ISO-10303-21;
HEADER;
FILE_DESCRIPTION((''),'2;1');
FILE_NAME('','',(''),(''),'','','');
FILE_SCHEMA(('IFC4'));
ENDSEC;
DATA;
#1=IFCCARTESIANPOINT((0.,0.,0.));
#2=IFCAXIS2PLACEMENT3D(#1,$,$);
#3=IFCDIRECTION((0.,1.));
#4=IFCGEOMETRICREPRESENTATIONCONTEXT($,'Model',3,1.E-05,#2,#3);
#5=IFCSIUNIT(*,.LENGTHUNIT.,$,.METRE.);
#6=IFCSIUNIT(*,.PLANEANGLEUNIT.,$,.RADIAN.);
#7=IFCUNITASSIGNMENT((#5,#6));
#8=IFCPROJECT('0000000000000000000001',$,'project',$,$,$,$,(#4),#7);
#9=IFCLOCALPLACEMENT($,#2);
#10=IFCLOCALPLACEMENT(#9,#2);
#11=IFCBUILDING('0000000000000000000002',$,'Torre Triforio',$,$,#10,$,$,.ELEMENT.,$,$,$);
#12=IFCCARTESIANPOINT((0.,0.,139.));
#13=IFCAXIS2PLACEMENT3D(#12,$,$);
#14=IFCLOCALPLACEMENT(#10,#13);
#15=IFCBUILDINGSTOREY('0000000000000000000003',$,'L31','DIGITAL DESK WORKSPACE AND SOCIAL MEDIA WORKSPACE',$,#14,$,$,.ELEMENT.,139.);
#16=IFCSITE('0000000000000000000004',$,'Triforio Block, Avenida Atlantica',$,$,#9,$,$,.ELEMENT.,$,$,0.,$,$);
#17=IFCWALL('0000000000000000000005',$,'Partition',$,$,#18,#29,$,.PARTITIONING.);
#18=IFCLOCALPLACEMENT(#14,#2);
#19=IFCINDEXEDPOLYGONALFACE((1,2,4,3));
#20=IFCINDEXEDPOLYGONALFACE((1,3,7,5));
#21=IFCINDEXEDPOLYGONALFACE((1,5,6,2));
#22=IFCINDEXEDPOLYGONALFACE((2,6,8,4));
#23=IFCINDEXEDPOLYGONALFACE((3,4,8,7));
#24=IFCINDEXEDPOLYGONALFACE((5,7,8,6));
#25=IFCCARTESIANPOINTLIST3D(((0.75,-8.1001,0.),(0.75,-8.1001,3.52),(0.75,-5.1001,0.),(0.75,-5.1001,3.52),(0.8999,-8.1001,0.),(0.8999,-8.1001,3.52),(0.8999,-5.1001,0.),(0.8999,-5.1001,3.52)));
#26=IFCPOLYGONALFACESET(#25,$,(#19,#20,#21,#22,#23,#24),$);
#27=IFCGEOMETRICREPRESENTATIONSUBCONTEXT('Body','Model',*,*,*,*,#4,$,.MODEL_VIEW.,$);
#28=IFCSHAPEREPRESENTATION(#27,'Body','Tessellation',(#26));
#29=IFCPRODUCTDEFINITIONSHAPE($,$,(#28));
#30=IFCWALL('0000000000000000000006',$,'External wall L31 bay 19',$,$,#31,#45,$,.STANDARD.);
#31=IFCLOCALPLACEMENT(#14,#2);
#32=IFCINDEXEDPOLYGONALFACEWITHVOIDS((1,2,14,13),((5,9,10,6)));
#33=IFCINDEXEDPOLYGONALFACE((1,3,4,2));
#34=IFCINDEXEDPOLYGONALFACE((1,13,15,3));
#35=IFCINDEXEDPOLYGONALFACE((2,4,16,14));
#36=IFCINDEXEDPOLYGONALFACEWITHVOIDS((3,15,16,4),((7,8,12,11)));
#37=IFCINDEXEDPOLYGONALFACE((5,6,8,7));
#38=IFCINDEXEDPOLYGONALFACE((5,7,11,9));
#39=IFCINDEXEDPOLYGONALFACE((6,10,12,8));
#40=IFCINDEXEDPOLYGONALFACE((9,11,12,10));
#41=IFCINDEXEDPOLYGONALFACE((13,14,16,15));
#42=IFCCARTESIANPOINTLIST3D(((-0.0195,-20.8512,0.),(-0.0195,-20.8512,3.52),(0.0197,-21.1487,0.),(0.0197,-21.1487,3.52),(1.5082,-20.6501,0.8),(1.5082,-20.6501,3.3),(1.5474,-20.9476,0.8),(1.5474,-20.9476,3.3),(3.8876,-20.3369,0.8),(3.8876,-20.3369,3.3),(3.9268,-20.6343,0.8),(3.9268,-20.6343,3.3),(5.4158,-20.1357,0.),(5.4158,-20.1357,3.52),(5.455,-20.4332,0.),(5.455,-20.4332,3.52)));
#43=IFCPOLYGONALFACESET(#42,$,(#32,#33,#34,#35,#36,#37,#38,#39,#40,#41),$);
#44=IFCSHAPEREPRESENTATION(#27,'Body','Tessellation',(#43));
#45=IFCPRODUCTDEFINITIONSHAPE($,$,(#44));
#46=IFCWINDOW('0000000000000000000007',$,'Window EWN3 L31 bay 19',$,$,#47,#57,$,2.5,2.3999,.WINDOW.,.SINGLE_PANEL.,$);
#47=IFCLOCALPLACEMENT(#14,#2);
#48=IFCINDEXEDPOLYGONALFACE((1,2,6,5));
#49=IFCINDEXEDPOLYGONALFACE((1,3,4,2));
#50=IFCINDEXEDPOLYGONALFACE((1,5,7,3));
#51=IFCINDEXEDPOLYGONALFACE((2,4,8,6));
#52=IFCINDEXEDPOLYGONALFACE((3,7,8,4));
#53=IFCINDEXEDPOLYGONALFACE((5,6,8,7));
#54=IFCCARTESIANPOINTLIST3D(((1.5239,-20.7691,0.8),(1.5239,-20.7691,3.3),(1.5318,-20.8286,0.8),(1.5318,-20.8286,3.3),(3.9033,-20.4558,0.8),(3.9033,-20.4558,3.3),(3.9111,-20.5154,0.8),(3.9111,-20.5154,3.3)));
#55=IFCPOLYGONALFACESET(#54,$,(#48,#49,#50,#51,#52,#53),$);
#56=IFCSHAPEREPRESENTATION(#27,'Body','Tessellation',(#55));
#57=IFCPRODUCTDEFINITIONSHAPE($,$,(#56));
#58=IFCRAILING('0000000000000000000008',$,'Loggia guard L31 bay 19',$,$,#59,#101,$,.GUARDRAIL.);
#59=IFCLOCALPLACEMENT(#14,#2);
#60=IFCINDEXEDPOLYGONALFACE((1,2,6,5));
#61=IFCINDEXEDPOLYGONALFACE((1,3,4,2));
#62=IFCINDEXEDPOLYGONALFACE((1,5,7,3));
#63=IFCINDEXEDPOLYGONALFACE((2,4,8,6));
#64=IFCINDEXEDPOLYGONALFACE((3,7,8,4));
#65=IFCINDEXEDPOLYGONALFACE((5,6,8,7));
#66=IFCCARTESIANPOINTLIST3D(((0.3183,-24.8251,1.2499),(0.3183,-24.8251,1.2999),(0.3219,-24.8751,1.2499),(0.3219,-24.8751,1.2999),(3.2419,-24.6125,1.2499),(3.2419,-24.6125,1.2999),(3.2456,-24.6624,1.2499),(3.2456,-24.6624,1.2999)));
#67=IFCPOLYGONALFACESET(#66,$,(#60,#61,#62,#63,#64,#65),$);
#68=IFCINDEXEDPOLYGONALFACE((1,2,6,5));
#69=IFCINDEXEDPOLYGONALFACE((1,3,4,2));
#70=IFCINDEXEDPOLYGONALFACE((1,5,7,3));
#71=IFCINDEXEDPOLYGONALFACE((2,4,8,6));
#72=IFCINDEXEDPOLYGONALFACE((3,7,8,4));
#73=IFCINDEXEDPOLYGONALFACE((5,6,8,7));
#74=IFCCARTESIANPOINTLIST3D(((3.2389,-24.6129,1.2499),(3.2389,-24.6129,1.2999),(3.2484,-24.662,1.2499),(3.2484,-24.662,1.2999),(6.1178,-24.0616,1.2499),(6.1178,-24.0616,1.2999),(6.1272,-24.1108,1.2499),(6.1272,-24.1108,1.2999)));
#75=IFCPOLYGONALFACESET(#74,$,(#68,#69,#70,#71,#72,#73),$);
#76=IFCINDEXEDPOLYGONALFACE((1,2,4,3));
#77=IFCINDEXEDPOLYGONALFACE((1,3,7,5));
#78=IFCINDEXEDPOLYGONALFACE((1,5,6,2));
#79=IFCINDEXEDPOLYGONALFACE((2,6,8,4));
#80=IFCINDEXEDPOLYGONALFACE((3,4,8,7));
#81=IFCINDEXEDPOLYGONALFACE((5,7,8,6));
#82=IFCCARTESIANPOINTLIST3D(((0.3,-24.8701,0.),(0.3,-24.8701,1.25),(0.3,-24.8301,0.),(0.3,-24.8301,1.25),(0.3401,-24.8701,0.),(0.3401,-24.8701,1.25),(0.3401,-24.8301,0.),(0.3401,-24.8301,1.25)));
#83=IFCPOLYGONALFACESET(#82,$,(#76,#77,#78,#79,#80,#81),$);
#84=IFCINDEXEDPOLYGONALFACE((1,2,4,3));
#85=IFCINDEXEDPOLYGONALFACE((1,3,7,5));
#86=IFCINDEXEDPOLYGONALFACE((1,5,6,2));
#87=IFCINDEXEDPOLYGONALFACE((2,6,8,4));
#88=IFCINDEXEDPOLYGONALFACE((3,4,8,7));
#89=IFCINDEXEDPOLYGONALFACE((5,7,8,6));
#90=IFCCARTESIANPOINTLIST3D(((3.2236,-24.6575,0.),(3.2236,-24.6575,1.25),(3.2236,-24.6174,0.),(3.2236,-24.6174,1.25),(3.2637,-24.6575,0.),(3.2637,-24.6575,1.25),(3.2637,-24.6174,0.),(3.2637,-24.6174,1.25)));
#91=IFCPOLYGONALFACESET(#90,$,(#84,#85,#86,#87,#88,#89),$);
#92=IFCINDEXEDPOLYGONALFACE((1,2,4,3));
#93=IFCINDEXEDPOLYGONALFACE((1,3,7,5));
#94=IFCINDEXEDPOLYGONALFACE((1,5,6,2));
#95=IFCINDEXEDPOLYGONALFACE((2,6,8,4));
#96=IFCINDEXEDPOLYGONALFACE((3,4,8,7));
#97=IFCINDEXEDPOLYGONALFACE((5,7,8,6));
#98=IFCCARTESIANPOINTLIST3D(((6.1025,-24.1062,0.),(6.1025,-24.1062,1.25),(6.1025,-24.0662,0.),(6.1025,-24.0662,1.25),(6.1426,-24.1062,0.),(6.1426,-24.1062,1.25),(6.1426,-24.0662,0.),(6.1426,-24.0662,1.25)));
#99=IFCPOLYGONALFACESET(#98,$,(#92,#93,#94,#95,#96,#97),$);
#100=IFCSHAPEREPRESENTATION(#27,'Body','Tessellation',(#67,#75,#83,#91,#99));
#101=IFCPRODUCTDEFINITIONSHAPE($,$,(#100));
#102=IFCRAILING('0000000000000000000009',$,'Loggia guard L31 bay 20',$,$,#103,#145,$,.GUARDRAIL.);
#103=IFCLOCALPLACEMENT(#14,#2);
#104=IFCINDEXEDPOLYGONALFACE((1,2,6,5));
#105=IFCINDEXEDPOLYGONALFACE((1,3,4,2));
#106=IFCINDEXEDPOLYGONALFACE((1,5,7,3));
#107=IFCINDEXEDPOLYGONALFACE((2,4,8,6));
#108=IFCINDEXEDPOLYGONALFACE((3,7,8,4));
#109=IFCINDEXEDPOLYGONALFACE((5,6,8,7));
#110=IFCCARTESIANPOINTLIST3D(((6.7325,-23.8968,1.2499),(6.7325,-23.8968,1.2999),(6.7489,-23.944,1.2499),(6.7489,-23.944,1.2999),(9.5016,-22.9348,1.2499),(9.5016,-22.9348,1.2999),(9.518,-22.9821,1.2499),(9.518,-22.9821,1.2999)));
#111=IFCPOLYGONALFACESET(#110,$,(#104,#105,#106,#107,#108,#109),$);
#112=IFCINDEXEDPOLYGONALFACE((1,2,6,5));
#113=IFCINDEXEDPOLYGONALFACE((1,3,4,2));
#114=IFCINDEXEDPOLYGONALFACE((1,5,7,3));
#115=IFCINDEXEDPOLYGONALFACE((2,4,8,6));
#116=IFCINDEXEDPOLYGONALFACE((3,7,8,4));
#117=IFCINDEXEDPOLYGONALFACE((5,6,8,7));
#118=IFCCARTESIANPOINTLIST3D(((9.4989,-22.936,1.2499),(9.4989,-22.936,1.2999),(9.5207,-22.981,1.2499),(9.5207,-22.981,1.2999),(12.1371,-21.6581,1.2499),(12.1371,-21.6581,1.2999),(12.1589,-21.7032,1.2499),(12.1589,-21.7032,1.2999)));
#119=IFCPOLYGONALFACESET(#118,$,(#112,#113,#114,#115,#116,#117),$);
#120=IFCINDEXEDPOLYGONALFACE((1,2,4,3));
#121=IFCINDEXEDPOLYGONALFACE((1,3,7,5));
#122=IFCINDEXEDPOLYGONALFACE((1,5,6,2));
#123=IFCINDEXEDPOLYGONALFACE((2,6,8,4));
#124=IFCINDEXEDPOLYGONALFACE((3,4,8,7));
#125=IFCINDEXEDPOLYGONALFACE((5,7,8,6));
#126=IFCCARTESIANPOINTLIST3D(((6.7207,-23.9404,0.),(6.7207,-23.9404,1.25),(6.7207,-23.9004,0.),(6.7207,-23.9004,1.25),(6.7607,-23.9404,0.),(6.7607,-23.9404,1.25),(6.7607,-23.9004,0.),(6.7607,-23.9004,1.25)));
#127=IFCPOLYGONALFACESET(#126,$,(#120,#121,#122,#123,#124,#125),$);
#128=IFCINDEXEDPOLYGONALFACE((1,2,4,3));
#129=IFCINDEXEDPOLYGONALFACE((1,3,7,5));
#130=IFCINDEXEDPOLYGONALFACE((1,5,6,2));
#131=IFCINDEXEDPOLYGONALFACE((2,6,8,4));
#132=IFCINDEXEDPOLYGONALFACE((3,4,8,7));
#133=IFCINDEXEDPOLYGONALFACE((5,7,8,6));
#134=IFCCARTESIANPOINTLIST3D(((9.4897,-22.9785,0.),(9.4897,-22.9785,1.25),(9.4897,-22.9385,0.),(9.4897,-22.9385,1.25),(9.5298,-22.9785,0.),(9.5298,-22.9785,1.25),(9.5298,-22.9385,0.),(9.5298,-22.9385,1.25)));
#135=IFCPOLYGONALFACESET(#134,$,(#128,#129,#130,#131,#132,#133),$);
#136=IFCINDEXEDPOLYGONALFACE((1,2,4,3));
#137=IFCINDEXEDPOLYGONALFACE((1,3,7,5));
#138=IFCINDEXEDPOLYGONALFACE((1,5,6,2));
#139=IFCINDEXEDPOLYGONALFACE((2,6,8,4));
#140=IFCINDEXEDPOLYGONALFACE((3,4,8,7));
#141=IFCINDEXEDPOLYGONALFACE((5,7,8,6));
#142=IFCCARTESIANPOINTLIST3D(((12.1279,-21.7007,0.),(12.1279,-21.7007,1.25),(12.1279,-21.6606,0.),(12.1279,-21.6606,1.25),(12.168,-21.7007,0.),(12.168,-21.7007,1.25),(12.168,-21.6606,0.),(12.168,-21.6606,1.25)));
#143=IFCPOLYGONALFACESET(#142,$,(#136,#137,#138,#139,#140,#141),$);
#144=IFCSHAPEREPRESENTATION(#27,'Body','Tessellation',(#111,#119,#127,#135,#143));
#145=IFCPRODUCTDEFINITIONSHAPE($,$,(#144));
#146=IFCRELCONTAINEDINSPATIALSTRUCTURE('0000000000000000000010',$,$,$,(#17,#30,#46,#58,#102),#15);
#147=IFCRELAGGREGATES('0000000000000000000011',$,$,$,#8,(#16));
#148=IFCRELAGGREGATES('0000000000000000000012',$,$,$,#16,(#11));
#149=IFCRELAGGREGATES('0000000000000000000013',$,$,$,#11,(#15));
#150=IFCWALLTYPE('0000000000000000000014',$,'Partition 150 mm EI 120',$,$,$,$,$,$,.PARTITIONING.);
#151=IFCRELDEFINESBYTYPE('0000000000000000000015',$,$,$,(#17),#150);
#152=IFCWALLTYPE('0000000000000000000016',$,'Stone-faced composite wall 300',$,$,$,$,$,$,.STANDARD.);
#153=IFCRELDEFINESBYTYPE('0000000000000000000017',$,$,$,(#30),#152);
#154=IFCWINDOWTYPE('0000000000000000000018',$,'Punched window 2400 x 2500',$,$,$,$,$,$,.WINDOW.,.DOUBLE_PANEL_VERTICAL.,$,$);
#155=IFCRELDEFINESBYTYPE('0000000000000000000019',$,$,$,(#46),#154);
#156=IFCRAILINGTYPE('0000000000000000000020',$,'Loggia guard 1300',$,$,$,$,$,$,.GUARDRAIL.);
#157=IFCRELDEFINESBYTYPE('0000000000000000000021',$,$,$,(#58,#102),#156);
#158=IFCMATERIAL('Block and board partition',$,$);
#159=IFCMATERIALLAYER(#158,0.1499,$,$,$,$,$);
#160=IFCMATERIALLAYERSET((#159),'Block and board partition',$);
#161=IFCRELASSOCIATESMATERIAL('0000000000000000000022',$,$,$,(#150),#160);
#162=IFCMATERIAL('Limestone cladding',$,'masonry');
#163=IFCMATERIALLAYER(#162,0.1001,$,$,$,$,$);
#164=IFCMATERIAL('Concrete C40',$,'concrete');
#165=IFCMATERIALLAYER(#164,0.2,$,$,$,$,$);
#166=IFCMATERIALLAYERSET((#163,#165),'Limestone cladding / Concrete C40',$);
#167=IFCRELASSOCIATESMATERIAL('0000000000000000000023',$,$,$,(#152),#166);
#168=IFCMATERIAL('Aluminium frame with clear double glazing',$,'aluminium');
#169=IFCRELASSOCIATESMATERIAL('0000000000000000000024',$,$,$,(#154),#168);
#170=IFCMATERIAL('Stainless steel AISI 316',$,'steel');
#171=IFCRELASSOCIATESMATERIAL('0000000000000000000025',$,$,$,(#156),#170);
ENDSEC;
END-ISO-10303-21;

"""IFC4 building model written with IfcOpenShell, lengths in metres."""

from ifc_helpers import new_model, si_unit, direction, frame, frame_2d, origin, origin_2d, place, context, subcontext, project, spatial, rectangle, extrude, material, layer, layer_set, type_object, element, fill, save


model = new_model("IFC4")

# Units and contexts
model_context = context("Model", 3, precision=1e-05, world=origin(), true_north=direction((0.0, 1.0)))
body_context = subcontext(model_context, "Body", "Model", "MODEL_VIEW")
ifc_project = project(units=[si_unit("LENGTHUNIT", "METRE"), si_unit("PLANEANGLEUNIT", "RADIAN")], contexts=[model_context])

# Site, building, storey
site_placement = place(None, origin())
site = spatial("IfcSite", under=ifc_project, at=site_placement, Name="Triforio Block, Avenida Atlantica", CompositionType="ELEMENT", RefElevation=0.0)
building_placement = place(site_placement, origin())
building = spatial("IfcBuilding", under=site, at=building_placement, Name="Torre Triforio", CompositionType="ELEMENT")
storey_placement = place(building_placement, frame((0.0, 0.0, 139.0)))
storey = spatial("IfcBuildingStorey", under=building, at=storey_placement, Name="L31", Description="DIGITAL DESK WORKSPACE AND SOCIAL MEDIA WORKSPACE", CompositionType="ELEMENT", Elevation=139.0)

# Wall
ifc_material_1 = material(Name="Block and board partition")
ifc_layer_1 = layer(ifc_material_1, 0.1499)
ifc_layer_set_1 = layer_set([ifc_layer_1], Name="Block and board partition")
wall_type_1 = type_object("IfcWallType", Name="Partition 150 mm EI 120", PredefinedType="PARTITIONING", material=ifc_layer_set_1)
wall_1_placement = place(storey_placement, frame((0.825, -8.1001, 0.0), z_axis=(0.0, 0.0, 1.0), x_axis=(0.0, 1.0, 0.0)))
element("IfcWall", 1, at=wall_1_placement, inside=storey, type_object=wall_type_1, Name="Partition", PredefinedType="PARTITIONING", context=body_context, shape_type="SweptSolid", body=[
    extrude(rectangle(XDim=3.0, YDim=0.1499, at=frame_2d((1.5, 0.0))), origin(), (0.0, 0.0, 1.0), 3.52),
])

# Wall, opening, window
ifc_material_2 = material(Name="Limestone cladding", Category="masonry")
ifc_layer_2 = layer(ifc_material_2, 0.1001)
ifc_material_3 = material(Name="Concrete C40", Category="concrete")
ifc_layer_3 = layer(ifc_material_3, 0.2)
ifc_layer_set_2 = layer_set([ifc_layer_2, ifc_layer_3], Name="Limestone cladding / Concrete C40")
wall_type_2 = type_object("IfcWallType", Name="Stone-faced composite wall 300", PredefinedType="STANDARD", material=ifc_layer_set_2)
wall_2_placement = place(storey_placement, frame((0.0, -21.0, 0.0), z_axis=(0.0, 0.0, 1.0), x_axis=(0.991445, 0.130527, 0.0)))
wall_2 = element("IfcWall", 2, at=wall_2_placement, inside=storey, type_object=wall_type_2, Name="External wall L31 bay 19", PredefinedType="STANDARD", context=body_context, shape_type="SweptSolid", body=[
    extrude(rectangle(XDim=5.4822, YDim=0.3, at=frame_2d((2.7412, 0.0))), origin(), (0.0, 0.0, 1.0), 3.52),
])
opening_1_placement = place(wall_2_placement, frame((1.541, 0.0, 0.8)))
opening_1 = element("IfcOpeningElement", 3, at=opening_1_placement, cuts=wall_2, PredefinedType="OPENING", context=body_context, shape_type="SweptSolid", body=[
    extrude(rectangle(XDim=2.3999, YDim=2.5, at=frame_2d((1.2, 1.25))), frame((0.0, 0.1599, 0.0), z_axis=(0.0, -1.0, 0.0), x_axis=(1.0, 0.0, 0.0)), (0.0, 0.0, 1.0), 0.3201),
])
ifc_material_4 = material(Name="Aluminium frame with clear double glazing", Category="aluminium")
window_type_1 = type_object("IfcWindowType", Name="Punched window 2400 x 2500", PartitioningType="DOUBLE_PANEL_VERTICAL", PredefinedType="WINDOW", material=ifc_material_4)
window_1_placement = place(opening_1_placement, origin())
window_1 = element("IfcWindow", 4, at=window_1_placement, inside=storey, type_object=window_type_1, Name="Window EWN3 L31 bay 19", OverallHeight=2.5, OverallWidth=2.3999, PartitioningType="SINGLE_PANEL", PredefinedType="WINDOW", context=body_context, shape_type="SweptSolid", body=[
    extrude(rectangle(XDim=2.3999, YDim=2.5, at=frame_2d((1.2, 1.25))), frame((0.0, 0.03, 0.0), z_axis=(0.0, -1.0, 0.0), x_axis=(1.0, 0.0, 0.0)), (0.0, 0.0, 1.0), 0.0601),
])
fill(opening_1, window_1)

# Railings
ifc_material_5 = material(Name="Stainless steel AISI 316", Category="steel")
railing_type = type_object("IfcRailingType", Name="Loggia guard 1300", PredefinedType="GUARDRAIL", material=ifc_material_5)
railing_1_placement = place(storey_placement, frame((0.3201, -24.8501, 0.0)))
element("IfcRailing", 5, at=railing_1_placement, inside=storey, type_object=railing_type, Name="Loggia guard L31 bay 19", PredefinedType="GUARDRAIL", context=body_context, shape_type="SweptSolid", body=[
    extrude(rectangle(XDim=0.05, YDim=0.05, at=origin_2d()), frame((0.0, 0.0, 1.2749), z_axis=(0.997365, 0.072543, 0.0), x_axis=(-0.072543, 0.997365, 0.0)), (0.0, 0.0, 1.0), 2.9314),
    extrude(rectangle(XDim=0.05, YDim=0.05, at=origin_2d()), frame((2.9236, 0.2126, 1.2749), z_axis=(0.982156, 0.188069, 0.0), x_axis=(-0.188069, 0.982156, 0.0)), (0.0, 0.0, 1.0), 2.9312),
    extrude(rectangle(XDim=0.04, YDim=0.04, at=origin_2d()), origin(), (0.0, 0.0, 1.0), 1.25),
    extrude(rectangle(XDim=0.04, YDim=0.04, at=origin_2d()), frame((2.9236, 0.2126, 0.0)), (0.0, 0.0, 1.0), 1.25),
    extrude(rectangle(XDim=0.04, YDim=0.04, at=origin_2d()), frame((5.8025, 0.7639, 0.0)), (0.0, 0.0, 1.0), 1.25),
])
railing_2_placement = place(storey_placement, frame((6.7407, -23.9204, 0.0)))
element("IfcRailing", 6, at=railing_2_placement, inside=storey, type_object=railing_type, Name="Loggia guard L31 bay 20", PredefinedType="GUARDRAIL", context=body_context, shape_type="SweptSolid", body=[
    extrude(rectangle(XDim=0.05, YDim=0.05, at=origin_2d()), frame((0.0, 0.0, 1.2749), z_axis=(0.944627, 0.328146, 0.0), x_axis=(-0.328146, 0.944627, 0.0)), (0.0, 0.0, 1.0), 2.9314),
    extrude(rectangle(XDim=0.05, YDim=0.05, at=origin_2d()), frame((2.769, 0.9619, 1.2749), z_axis=(0.899986, 0.435918, 0.0), x_axis=(-0.435918, 0.899986, 0.0)), (0.0, 0.0, 1.0), 2.9314),
    extrude(rectangle(XDim=0.04, YDim=0.04, at=origin_2d()), origin(), (0.0, 0.0, 1.0), 1.25),
    extrude(rectangle(XDim=0.04, YDim=0.04, at=origin_2d()), frame((2.769, 0.9619, 0.0)), (0.0, 0.0, 1.0), 1.25),
    extrude(rectangle(XDim=0.04, YDim=0.04, at=origin_2d()), frame((5.4072, 2.2397, 0.0)), (0.0, 0.0, 1.0), 1.25),
])

save(model, "model.ifc")
